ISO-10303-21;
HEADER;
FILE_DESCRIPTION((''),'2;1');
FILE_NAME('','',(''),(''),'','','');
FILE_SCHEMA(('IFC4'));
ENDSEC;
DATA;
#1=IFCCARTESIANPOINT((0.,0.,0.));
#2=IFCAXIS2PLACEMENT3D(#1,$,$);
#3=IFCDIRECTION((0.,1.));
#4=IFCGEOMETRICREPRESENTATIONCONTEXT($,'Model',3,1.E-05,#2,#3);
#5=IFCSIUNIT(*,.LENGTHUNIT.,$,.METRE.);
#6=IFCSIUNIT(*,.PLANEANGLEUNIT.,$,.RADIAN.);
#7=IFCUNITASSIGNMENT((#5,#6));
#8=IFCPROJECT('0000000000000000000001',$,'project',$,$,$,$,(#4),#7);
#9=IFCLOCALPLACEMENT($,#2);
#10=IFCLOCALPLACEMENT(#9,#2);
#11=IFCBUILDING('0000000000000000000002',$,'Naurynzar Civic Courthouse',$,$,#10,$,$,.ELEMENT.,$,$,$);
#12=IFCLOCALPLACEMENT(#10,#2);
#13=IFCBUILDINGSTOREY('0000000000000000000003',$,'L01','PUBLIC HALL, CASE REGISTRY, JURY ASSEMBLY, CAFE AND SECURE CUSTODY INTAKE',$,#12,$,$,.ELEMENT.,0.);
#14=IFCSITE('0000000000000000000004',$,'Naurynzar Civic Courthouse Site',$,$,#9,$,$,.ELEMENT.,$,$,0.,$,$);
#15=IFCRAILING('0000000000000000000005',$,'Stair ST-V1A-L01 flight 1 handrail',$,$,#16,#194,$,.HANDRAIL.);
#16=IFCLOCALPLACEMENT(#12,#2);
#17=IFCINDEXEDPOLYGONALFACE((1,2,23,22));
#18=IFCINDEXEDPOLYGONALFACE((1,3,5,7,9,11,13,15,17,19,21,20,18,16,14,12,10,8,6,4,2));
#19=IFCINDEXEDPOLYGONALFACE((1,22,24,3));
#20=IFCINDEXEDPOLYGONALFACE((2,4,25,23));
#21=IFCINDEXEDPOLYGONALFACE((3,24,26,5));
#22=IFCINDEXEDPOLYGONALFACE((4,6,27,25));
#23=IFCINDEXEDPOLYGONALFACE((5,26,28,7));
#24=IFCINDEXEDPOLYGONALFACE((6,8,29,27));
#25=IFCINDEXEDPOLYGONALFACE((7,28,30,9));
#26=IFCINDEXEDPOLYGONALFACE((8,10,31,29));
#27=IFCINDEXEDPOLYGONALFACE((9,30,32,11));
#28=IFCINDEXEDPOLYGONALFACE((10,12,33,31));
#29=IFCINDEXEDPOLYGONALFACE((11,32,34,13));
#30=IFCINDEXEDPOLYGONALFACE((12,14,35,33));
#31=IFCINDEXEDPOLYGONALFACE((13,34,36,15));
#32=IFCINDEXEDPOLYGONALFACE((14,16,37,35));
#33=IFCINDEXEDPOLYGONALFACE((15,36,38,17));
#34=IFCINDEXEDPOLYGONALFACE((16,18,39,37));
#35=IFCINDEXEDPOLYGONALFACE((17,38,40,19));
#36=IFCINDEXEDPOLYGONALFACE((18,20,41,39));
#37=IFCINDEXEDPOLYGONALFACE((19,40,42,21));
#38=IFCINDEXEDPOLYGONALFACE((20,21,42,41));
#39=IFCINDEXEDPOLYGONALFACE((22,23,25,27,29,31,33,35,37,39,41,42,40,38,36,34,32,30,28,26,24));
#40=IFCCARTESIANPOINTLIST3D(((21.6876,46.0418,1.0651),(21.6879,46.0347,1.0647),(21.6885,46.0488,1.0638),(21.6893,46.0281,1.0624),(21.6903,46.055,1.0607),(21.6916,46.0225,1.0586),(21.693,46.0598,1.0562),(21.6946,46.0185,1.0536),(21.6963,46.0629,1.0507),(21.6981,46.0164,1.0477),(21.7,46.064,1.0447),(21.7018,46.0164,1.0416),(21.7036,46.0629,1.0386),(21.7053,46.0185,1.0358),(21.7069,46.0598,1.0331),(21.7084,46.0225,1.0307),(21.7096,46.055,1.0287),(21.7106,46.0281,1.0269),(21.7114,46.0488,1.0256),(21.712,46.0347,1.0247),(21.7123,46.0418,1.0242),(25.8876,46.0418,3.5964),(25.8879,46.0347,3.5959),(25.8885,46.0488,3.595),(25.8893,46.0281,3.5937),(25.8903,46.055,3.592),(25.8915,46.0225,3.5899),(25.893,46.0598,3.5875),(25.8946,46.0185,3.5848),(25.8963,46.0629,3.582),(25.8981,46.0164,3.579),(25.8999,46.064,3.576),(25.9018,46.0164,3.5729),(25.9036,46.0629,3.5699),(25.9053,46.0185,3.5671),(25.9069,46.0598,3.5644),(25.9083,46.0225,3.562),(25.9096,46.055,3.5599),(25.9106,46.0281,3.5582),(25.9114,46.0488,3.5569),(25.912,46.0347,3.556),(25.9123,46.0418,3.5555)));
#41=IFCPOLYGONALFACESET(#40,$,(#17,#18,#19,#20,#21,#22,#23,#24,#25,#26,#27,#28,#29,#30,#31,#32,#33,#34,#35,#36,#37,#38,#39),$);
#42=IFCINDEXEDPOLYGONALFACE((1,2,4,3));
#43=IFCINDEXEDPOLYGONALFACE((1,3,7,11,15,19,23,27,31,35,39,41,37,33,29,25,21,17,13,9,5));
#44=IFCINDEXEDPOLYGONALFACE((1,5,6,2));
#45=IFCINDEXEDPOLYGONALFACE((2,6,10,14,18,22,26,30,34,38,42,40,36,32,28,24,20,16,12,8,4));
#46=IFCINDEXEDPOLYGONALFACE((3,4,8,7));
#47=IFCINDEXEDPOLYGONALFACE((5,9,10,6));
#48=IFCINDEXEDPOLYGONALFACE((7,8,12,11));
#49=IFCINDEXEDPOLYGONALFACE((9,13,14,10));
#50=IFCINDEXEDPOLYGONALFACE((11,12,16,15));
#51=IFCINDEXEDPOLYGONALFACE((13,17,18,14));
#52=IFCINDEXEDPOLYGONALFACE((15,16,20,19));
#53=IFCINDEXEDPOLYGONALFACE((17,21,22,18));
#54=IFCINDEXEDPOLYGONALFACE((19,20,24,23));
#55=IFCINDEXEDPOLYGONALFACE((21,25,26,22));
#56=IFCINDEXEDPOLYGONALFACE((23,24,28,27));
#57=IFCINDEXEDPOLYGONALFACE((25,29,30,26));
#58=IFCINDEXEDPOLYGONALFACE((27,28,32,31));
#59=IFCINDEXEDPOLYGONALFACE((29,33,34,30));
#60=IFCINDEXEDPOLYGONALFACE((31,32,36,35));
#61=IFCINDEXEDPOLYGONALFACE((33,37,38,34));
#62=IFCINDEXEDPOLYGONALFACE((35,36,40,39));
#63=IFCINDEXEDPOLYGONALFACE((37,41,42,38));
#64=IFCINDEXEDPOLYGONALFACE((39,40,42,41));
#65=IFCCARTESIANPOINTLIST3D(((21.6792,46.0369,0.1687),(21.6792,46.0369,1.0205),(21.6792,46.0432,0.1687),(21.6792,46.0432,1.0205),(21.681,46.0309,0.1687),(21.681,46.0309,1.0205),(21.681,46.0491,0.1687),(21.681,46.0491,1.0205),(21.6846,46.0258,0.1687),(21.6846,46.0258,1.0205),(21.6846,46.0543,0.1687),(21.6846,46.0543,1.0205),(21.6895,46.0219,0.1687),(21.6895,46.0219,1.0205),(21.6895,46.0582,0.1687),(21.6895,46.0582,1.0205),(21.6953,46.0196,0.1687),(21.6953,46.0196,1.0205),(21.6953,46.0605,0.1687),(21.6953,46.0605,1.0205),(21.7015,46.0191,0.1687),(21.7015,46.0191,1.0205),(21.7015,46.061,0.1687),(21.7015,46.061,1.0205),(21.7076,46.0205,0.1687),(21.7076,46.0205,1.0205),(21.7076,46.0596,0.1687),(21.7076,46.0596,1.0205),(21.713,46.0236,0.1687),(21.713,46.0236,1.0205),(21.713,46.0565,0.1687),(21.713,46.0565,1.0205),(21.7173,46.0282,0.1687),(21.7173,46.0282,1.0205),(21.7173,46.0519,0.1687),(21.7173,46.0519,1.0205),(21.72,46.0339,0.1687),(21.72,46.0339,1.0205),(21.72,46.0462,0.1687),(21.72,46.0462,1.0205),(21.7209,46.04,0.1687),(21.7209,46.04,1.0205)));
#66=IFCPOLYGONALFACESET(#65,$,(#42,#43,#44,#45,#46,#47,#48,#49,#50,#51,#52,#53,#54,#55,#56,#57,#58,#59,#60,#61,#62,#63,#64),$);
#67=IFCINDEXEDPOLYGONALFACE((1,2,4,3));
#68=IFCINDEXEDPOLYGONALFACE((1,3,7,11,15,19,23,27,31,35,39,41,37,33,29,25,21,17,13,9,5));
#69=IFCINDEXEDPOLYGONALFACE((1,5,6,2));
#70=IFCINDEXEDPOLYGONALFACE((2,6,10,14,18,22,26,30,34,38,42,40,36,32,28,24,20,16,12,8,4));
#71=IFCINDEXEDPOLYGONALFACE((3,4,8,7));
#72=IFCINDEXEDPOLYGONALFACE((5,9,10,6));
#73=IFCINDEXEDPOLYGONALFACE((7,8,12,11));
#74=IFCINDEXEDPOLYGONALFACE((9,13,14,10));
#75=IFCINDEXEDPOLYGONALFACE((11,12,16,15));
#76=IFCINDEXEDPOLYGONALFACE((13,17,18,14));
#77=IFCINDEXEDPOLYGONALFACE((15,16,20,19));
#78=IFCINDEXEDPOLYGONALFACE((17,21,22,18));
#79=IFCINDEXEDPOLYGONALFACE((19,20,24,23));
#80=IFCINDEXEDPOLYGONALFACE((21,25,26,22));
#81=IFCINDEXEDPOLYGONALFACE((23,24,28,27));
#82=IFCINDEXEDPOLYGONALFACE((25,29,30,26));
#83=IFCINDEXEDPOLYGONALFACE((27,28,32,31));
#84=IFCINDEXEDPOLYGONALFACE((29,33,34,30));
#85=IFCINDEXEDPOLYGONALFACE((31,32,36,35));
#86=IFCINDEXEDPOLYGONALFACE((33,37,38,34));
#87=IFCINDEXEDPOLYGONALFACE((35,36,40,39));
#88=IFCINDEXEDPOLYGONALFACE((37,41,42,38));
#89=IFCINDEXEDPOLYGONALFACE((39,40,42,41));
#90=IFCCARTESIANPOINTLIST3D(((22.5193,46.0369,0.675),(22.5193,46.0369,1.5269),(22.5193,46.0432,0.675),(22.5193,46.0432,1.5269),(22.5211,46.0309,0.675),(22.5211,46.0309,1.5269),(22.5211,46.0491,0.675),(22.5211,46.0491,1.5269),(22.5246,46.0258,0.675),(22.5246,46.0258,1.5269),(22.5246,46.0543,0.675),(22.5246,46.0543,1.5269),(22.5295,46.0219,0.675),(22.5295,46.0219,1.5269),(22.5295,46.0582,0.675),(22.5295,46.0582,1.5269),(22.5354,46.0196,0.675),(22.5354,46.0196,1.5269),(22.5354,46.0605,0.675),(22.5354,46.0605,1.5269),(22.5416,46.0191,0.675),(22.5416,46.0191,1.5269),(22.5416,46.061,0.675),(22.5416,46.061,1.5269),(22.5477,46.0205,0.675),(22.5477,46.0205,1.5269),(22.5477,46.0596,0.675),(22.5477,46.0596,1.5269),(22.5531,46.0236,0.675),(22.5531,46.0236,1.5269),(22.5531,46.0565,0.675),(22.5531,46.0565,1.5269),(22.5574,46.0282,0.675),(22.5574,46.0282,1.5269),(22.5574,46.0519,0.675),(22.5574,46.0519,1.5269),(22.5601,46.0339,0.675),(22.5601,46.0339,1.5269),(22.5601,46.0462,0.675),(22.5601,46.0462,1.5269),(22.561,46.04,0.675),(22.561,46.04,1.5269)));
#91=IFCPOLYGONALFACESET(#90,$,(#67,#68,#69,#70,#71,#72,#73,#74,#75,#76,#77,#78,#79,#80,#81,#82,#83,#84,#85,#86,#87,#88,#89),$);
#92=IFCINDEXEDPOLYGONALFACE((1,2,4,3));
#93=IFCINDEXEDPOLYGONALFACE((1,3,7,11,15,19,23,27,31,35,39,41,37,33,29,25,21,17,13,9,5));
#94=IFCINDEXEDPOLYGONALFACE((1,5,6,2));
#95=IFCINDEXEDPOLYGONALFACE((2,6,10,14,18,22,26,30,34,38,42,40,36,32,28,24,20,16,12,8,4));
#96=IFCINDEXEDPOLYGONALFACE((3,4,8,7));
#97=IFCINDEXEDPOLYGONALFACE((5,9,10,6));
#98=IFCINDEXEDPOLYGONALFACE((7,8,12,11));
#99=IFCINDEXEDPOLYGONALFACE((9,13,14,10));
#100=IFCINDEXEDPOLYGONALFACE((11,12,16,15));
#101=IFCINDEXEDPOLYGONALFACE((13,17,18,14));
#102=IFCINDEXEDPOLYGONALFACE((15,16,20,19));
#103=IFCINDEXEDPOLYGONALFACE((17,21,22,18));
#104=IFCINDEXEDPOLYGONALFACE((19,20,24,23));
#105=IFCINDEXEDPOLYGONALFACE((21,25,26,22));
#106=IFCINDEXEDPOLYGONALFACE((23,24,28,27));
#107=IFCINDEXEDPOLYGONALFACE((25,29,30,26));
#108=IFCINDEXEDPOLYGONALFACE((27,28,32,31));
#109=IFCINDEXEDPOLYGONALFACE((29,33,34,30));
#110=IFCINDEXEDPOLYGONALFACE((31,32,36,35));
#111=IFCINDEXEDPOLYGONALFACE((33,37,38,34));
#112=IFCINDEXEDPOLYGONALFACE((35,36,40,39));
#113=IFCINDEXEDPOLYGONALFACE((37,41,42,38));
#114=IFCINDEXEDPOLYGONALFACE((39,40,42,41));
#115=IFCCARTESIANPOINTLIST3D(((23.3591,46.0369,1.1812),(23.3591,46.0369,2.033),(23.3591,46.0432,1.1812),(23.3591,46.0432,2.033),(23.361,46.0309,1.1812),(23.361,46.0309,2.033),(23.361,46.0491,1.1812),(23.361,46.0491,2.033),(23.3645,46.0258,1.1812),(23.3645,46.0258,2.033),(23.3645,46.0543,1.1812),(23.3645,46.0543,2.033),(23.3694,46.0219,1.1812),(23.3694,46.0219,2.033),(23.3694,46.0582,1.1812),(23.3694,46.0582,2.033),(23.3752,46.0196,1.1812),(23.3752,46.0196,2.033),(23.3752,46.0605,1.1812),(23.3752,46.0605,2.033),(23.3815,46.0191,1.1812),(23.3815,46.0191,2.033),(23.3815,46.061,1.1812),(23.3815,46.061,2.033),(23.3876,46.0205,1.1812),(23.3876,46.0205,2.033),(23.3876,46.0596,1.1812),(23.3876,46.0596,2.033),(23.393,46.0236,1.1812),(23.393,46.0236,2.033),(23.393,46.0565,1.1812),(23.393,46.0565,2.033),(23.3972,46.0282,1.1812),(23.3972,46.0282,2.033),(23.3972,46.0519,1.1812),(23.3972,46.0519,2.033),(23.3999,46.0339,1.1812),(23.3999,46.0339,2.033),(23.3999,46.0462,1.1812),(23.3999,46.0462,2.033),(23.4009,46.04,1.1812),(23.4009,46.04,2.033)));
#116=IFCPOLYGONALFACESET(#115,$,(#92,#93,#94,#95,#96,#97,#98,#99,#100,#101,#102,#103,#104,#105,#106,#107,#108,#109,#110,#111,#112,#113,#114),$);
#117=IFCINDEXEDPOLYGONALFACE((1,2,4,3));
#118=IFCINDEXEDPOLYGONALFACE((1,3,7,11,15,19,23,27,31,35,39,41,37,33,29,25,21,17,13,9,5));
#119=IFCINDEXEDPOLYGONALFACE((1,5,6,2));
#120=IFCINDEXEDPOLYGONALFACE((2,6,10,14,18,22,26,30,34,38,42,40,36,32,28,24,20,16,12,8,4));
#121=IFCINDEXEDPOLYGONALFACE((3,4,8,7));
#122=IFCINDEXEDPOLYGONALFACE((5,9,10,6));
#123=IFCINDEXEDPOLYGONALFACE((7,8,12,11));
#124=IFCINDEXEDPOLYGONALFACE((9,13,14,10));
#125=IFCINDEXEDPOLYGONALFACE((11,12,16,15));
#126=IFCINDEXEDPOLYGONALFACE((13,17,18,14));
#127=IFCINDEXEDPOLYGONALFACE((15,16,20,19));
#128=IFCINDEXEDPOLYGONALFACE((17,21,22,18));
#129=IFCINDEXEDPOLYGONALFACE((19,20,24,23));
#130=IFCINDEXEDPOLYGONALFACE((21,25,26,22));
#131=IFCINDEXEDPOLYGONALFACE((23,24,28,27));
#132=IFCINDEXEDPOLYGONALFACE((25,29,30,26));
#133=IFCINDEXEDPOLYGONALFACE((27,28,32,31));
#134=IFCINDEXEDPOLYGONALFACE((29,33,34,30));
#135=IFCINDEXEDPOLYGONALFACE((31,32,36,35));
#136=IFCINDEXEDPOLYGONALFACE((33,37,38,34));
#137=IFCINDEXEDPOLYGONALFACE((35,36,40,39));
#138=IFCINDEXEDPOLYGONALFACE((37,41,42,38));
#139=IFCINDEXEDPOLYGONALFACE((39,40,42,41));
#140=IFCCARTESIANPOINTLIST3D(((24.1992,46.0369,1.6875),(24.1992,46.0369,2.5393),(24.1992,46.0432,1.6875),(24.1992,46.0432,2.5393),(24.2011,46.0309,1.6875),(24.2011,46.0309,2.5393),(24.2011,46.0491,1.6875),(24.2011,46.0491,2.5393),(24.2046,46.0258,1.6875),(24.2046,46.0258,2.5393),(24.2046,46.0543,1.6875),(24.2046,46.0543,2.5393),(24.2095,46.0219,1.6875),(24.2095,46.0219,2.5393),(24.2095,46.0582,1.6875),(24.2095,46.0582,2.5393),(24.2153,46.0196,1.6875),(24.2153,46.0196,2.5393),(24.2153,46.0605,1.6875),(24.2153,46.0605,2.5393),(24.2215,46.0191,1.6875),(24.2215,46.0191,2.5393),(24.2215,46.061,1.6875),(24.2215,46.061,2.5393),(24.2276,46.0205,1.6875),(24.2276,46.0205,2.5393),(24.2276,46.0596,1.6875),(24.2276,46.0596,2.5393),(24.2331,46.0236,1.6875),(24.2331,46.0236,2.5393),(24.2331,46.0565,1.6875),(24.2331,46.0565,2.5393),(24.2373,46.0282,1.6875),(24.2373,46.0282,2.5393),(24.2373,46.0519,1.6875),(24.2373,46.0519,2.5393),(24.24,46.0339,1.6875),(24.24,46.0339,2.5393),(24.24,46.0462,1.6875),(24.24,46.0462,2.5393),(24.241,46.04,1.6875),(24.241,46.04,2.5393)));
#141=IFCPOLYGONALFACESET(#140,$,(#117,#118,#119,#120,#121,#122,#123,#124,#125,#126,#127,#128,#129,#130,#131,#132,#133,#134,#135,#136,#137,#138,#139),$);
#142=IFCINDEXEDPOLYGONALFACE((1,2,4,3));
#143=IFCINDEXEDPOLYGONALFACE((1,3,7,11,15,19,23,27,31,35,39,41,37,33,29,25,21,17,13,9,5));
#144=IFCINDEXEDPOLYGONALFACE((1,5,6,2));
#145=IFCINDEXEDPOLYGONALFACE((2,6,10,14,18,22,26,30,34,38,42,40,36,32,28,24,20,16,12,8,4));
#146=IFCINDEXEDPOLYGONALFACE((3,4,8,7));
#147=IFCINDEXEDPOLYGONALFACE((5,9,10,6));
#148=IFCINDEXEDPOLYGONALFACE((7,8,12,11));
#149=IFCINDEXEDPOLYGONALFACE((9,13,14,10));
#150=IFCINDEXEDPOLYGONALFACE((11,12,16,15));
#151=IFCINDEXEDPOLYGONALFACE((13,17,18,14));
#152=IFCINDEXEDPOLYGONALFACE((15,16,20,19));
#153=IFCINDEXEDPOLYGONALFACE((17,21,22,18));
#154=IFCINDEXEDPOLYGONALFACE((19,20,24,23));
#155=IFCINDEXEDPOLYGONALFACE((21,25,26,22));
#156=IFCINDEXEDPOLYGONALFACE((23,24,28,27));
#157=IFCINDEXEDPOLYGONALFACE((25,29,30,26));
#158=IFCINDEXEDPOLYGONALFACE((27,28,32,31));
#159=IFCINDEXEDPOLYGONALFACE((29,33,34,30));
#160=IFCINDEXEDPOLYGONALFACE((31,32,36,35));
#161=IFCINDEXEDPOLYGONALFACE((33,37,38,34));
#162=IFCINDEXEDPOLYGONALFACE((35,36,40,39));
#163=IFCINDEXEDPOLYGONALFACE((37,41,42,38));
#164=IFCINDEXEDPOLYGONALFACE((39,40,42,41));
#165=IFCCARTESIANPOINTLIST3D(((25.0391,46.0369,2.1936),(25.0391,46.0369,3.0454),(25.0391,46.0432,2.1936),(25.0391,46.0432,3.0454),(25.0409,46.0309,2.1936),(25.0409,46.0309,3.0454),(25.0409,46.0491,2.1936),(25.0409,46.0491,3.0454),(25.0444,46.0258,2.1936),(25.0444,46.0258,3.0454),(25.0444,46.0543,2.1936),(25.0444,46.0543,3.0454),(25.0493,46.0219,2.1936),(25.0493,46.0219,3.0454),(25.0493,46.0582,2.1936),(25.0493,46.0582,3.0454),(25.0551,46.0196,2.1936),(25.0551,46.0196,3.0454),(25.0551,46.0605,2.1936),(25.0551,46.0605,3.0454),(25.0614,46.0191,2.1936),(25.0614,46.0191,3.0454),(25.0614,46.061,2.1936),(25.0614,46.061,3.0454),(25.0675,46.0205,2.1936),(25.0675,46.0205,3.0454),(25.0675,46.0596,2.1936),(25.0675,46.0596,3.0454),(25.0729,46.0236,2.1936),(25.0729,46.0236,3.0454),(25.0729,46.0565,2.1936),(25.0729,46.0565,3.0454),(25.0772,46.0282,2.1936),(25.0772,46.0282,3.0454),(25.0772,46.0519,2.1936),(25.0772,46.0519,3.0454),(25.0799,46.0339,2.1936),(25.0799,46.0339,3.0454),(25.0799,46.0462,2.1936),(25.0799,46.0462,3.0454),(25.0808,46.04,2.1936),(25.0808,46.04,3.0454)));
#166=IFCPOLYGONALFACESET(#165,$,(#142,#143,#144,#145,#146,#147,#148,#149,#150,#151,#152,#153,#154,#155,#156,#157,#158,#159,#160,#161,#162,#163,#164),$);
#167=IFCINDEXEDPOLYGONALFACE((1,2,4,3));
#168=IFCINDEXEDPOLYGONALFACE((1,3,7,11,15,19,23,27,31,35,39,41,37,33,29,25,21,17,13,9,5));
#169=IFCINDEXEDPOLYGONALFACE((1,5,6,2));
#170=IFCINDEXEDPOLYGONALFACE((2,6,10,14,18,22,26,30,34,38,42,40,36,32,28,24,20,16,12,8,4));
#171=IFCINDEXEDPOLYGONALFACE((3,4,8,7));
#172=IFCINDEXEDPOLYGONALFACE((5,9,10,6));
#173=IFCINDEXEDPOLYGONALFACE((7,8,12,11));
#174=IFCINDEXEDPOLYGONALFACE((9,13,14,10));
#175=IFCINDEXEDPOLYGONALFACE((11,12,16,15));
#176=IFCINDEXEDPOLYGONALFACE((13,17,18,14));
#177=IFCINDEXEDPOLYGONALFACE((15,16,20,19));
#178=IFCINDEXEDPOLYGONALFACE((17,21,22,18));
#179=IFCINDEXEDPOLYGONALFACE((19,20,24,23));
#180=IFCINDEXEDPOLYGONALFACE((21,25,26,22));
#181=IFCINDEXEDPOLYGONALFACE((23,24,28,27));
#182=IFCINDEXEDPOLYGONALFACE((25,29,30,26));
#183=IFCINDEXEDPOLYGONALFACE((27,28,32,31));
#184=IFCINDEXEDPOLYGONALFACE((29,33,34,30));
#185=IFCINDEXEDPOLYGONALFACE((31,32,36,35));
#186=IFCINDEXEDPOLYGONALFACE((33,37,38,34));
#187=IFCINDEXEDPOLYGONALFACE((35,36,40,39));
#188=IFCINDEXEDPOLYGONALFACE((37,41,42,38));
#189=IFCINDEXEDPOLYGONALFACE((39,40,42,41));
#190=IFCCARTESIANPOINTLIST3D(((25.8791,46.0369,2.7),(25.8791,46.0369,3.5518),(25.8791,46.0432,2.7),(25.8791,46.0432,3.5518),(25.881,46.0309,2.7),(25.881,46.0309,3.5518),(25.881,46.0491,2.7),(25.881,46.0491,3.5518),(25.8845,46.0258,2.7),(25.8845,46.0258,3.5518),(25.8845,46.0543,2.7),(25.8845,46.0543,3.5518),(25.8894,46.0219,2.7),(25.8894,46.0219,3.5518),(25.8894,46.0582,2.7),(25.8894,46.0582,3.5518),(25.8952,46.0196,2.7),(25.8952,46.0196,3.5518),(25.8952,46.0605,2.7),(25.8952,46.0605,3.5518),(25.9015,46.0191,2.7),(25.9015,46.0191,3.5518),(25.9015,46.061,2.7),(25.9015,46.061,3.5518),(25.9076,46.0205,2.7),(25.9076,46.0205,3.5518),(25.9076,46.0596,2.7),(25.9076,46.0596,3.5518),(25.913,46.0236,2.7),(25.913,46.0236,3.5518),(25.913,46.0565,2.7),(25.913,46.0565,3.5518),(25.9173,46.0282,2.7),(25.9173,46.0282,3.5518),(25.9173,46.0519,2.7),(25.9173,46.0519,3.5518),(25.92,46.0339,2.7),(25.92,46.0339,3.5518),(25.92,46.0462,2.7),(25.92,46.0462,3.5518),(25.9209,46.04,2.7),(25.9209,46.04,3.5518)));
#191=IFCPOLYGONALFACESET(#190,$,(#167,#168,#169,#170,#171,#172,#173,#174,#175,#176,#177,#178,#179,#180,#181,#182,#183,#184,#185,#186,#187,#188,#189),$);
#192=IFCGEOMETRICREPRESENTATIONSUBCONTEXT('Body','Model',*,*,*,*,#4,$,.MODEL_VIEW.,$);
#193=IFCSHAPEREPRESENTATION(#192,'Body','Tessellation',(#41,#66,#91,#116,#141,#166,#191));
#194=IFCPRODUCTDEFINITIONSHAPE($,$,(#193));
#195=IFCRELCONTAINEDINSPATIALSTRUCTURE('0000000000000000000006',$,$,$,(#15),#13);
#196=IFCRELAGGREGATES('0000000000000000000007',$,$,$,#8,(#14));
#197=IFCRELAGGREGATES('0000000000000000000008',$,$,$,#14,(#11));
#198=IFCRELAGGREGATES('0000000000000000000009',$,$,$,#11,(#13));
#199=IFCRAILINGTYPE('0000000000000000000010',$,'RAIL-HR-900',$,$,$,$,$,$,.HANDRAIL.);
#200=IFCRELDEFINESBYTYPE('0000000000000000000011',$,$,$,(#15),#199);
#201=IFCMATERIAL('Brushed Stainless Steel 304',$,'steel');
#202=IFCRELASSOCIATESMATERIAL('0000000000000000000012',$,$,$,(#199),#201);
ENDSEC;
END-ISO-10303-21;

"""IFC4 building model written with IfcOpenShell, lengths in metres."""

from ifc_helpers import new_model, si_unit, direction, frame, origin, origin_2d, place, context, subcontext, project, spatial, circle, extrude, material, type_object, element, save


model = new_model("IFC4")

# Units and contexts
model_context = context("Model", 3, precision=1e-05, world=origin(), true_north=direction((0.0, 1.0)))
body_context = subcontext(model_context, "Body", "Model", "MODEL_VIEW")
ifc_project = project(units=[si_unit("LENGTHUNIT", "METRE"), si_unit("PLANEANGLEUNIT", "RADIAN")], contexts=[model_context])

# Site, building, storey
site_placement = place(None, origin())
site = spatial("IfcSite", under=ifc_project, at=site_placement, Name="Naurynzar Civic Courthouse Site", CompositionType="ELEMENT", RefElevation=0.0)
building_placement = place(site_placement, origin())
building = spatial("IfcBuilding", under=site, at=building_placement, Name="Naurynzar Civic Courthouse", CompositionType="ELEMENT")
storey_placement = place(building_placement, origin())
storey = spatial("IfcBuildingStorey", under=building, at=storey_placement, Name="L01", Description="PUBLIC HALL, CASE REGISTRY, JURY ASSEMBLY, CAFE AND SECURE CUSTODY INTAKE", CompositionType="ELEMENT", Elevation=0.0)

# Railing
ifc_material_1 = material(Name="Brushed Stainless Steel 304", Category="steel")
railing_type_1 = type_object("IfcRailingType", Name="RAIL-HR-900", PredefinedType="HANDRAIL", material=ifc_material_1)
railing_1_placement = place(storey_placement, frame((21.7, 46.04, 0.1687)))
element("IfcRailing", 1, at=railing_1_placement, inside=storey, type_object=railing_type_1, Name="Stair ST-V1A-L01 flight 1 handrail", PredefinedType="HANDRAIL", context=body_context, shape_type="SweptSolid", body=[
    extrude(circle(Radius=0.0239, at=origin_2d()), frame((0.0, 0.0, 0.876), z_axis=(0.856476, 0.0, 0.516186), x_axis=(0.0, 1.0, 0.0)), (0.0, 0.0, 1.0), 4.9038),
    extrude(circle(Radius=0.021, at=origin_2d()), origin(), (0.0, 0.0, 1.0), 0.8518),
    extrude(circle(Radius=0.021, at=origin_2d()), frame((0.8401, 0.0, 0.5063)), (0.0, 0.0, 1.0), 0.8518),
    extrude(circle(Radius=0.021, at=origin_2d()), frame((1.6799, 0.0, 1.0125)), (0.0, 0.0, 1.0), 0.8518),
    extrude(circle(Radius=0.021, at=origin_2d()), frame((2.52, 0.0, 1.5188)), (0.0, 0.0, 1.0), 0.8518),
    extrude(circle(Radius=0.021, at=origin_2d()), frame((3.3599, 0.0, 2.0249)), (0.0, 0.0, 1.0), 0.8518),
    extrude(circle(Radius=0.021, at=origin_2d()), frame((4.2, 0.0, 2.5312)), (0.0, 0.0, 1.0), 0.8518),
])

save(model, "model.ifc")
